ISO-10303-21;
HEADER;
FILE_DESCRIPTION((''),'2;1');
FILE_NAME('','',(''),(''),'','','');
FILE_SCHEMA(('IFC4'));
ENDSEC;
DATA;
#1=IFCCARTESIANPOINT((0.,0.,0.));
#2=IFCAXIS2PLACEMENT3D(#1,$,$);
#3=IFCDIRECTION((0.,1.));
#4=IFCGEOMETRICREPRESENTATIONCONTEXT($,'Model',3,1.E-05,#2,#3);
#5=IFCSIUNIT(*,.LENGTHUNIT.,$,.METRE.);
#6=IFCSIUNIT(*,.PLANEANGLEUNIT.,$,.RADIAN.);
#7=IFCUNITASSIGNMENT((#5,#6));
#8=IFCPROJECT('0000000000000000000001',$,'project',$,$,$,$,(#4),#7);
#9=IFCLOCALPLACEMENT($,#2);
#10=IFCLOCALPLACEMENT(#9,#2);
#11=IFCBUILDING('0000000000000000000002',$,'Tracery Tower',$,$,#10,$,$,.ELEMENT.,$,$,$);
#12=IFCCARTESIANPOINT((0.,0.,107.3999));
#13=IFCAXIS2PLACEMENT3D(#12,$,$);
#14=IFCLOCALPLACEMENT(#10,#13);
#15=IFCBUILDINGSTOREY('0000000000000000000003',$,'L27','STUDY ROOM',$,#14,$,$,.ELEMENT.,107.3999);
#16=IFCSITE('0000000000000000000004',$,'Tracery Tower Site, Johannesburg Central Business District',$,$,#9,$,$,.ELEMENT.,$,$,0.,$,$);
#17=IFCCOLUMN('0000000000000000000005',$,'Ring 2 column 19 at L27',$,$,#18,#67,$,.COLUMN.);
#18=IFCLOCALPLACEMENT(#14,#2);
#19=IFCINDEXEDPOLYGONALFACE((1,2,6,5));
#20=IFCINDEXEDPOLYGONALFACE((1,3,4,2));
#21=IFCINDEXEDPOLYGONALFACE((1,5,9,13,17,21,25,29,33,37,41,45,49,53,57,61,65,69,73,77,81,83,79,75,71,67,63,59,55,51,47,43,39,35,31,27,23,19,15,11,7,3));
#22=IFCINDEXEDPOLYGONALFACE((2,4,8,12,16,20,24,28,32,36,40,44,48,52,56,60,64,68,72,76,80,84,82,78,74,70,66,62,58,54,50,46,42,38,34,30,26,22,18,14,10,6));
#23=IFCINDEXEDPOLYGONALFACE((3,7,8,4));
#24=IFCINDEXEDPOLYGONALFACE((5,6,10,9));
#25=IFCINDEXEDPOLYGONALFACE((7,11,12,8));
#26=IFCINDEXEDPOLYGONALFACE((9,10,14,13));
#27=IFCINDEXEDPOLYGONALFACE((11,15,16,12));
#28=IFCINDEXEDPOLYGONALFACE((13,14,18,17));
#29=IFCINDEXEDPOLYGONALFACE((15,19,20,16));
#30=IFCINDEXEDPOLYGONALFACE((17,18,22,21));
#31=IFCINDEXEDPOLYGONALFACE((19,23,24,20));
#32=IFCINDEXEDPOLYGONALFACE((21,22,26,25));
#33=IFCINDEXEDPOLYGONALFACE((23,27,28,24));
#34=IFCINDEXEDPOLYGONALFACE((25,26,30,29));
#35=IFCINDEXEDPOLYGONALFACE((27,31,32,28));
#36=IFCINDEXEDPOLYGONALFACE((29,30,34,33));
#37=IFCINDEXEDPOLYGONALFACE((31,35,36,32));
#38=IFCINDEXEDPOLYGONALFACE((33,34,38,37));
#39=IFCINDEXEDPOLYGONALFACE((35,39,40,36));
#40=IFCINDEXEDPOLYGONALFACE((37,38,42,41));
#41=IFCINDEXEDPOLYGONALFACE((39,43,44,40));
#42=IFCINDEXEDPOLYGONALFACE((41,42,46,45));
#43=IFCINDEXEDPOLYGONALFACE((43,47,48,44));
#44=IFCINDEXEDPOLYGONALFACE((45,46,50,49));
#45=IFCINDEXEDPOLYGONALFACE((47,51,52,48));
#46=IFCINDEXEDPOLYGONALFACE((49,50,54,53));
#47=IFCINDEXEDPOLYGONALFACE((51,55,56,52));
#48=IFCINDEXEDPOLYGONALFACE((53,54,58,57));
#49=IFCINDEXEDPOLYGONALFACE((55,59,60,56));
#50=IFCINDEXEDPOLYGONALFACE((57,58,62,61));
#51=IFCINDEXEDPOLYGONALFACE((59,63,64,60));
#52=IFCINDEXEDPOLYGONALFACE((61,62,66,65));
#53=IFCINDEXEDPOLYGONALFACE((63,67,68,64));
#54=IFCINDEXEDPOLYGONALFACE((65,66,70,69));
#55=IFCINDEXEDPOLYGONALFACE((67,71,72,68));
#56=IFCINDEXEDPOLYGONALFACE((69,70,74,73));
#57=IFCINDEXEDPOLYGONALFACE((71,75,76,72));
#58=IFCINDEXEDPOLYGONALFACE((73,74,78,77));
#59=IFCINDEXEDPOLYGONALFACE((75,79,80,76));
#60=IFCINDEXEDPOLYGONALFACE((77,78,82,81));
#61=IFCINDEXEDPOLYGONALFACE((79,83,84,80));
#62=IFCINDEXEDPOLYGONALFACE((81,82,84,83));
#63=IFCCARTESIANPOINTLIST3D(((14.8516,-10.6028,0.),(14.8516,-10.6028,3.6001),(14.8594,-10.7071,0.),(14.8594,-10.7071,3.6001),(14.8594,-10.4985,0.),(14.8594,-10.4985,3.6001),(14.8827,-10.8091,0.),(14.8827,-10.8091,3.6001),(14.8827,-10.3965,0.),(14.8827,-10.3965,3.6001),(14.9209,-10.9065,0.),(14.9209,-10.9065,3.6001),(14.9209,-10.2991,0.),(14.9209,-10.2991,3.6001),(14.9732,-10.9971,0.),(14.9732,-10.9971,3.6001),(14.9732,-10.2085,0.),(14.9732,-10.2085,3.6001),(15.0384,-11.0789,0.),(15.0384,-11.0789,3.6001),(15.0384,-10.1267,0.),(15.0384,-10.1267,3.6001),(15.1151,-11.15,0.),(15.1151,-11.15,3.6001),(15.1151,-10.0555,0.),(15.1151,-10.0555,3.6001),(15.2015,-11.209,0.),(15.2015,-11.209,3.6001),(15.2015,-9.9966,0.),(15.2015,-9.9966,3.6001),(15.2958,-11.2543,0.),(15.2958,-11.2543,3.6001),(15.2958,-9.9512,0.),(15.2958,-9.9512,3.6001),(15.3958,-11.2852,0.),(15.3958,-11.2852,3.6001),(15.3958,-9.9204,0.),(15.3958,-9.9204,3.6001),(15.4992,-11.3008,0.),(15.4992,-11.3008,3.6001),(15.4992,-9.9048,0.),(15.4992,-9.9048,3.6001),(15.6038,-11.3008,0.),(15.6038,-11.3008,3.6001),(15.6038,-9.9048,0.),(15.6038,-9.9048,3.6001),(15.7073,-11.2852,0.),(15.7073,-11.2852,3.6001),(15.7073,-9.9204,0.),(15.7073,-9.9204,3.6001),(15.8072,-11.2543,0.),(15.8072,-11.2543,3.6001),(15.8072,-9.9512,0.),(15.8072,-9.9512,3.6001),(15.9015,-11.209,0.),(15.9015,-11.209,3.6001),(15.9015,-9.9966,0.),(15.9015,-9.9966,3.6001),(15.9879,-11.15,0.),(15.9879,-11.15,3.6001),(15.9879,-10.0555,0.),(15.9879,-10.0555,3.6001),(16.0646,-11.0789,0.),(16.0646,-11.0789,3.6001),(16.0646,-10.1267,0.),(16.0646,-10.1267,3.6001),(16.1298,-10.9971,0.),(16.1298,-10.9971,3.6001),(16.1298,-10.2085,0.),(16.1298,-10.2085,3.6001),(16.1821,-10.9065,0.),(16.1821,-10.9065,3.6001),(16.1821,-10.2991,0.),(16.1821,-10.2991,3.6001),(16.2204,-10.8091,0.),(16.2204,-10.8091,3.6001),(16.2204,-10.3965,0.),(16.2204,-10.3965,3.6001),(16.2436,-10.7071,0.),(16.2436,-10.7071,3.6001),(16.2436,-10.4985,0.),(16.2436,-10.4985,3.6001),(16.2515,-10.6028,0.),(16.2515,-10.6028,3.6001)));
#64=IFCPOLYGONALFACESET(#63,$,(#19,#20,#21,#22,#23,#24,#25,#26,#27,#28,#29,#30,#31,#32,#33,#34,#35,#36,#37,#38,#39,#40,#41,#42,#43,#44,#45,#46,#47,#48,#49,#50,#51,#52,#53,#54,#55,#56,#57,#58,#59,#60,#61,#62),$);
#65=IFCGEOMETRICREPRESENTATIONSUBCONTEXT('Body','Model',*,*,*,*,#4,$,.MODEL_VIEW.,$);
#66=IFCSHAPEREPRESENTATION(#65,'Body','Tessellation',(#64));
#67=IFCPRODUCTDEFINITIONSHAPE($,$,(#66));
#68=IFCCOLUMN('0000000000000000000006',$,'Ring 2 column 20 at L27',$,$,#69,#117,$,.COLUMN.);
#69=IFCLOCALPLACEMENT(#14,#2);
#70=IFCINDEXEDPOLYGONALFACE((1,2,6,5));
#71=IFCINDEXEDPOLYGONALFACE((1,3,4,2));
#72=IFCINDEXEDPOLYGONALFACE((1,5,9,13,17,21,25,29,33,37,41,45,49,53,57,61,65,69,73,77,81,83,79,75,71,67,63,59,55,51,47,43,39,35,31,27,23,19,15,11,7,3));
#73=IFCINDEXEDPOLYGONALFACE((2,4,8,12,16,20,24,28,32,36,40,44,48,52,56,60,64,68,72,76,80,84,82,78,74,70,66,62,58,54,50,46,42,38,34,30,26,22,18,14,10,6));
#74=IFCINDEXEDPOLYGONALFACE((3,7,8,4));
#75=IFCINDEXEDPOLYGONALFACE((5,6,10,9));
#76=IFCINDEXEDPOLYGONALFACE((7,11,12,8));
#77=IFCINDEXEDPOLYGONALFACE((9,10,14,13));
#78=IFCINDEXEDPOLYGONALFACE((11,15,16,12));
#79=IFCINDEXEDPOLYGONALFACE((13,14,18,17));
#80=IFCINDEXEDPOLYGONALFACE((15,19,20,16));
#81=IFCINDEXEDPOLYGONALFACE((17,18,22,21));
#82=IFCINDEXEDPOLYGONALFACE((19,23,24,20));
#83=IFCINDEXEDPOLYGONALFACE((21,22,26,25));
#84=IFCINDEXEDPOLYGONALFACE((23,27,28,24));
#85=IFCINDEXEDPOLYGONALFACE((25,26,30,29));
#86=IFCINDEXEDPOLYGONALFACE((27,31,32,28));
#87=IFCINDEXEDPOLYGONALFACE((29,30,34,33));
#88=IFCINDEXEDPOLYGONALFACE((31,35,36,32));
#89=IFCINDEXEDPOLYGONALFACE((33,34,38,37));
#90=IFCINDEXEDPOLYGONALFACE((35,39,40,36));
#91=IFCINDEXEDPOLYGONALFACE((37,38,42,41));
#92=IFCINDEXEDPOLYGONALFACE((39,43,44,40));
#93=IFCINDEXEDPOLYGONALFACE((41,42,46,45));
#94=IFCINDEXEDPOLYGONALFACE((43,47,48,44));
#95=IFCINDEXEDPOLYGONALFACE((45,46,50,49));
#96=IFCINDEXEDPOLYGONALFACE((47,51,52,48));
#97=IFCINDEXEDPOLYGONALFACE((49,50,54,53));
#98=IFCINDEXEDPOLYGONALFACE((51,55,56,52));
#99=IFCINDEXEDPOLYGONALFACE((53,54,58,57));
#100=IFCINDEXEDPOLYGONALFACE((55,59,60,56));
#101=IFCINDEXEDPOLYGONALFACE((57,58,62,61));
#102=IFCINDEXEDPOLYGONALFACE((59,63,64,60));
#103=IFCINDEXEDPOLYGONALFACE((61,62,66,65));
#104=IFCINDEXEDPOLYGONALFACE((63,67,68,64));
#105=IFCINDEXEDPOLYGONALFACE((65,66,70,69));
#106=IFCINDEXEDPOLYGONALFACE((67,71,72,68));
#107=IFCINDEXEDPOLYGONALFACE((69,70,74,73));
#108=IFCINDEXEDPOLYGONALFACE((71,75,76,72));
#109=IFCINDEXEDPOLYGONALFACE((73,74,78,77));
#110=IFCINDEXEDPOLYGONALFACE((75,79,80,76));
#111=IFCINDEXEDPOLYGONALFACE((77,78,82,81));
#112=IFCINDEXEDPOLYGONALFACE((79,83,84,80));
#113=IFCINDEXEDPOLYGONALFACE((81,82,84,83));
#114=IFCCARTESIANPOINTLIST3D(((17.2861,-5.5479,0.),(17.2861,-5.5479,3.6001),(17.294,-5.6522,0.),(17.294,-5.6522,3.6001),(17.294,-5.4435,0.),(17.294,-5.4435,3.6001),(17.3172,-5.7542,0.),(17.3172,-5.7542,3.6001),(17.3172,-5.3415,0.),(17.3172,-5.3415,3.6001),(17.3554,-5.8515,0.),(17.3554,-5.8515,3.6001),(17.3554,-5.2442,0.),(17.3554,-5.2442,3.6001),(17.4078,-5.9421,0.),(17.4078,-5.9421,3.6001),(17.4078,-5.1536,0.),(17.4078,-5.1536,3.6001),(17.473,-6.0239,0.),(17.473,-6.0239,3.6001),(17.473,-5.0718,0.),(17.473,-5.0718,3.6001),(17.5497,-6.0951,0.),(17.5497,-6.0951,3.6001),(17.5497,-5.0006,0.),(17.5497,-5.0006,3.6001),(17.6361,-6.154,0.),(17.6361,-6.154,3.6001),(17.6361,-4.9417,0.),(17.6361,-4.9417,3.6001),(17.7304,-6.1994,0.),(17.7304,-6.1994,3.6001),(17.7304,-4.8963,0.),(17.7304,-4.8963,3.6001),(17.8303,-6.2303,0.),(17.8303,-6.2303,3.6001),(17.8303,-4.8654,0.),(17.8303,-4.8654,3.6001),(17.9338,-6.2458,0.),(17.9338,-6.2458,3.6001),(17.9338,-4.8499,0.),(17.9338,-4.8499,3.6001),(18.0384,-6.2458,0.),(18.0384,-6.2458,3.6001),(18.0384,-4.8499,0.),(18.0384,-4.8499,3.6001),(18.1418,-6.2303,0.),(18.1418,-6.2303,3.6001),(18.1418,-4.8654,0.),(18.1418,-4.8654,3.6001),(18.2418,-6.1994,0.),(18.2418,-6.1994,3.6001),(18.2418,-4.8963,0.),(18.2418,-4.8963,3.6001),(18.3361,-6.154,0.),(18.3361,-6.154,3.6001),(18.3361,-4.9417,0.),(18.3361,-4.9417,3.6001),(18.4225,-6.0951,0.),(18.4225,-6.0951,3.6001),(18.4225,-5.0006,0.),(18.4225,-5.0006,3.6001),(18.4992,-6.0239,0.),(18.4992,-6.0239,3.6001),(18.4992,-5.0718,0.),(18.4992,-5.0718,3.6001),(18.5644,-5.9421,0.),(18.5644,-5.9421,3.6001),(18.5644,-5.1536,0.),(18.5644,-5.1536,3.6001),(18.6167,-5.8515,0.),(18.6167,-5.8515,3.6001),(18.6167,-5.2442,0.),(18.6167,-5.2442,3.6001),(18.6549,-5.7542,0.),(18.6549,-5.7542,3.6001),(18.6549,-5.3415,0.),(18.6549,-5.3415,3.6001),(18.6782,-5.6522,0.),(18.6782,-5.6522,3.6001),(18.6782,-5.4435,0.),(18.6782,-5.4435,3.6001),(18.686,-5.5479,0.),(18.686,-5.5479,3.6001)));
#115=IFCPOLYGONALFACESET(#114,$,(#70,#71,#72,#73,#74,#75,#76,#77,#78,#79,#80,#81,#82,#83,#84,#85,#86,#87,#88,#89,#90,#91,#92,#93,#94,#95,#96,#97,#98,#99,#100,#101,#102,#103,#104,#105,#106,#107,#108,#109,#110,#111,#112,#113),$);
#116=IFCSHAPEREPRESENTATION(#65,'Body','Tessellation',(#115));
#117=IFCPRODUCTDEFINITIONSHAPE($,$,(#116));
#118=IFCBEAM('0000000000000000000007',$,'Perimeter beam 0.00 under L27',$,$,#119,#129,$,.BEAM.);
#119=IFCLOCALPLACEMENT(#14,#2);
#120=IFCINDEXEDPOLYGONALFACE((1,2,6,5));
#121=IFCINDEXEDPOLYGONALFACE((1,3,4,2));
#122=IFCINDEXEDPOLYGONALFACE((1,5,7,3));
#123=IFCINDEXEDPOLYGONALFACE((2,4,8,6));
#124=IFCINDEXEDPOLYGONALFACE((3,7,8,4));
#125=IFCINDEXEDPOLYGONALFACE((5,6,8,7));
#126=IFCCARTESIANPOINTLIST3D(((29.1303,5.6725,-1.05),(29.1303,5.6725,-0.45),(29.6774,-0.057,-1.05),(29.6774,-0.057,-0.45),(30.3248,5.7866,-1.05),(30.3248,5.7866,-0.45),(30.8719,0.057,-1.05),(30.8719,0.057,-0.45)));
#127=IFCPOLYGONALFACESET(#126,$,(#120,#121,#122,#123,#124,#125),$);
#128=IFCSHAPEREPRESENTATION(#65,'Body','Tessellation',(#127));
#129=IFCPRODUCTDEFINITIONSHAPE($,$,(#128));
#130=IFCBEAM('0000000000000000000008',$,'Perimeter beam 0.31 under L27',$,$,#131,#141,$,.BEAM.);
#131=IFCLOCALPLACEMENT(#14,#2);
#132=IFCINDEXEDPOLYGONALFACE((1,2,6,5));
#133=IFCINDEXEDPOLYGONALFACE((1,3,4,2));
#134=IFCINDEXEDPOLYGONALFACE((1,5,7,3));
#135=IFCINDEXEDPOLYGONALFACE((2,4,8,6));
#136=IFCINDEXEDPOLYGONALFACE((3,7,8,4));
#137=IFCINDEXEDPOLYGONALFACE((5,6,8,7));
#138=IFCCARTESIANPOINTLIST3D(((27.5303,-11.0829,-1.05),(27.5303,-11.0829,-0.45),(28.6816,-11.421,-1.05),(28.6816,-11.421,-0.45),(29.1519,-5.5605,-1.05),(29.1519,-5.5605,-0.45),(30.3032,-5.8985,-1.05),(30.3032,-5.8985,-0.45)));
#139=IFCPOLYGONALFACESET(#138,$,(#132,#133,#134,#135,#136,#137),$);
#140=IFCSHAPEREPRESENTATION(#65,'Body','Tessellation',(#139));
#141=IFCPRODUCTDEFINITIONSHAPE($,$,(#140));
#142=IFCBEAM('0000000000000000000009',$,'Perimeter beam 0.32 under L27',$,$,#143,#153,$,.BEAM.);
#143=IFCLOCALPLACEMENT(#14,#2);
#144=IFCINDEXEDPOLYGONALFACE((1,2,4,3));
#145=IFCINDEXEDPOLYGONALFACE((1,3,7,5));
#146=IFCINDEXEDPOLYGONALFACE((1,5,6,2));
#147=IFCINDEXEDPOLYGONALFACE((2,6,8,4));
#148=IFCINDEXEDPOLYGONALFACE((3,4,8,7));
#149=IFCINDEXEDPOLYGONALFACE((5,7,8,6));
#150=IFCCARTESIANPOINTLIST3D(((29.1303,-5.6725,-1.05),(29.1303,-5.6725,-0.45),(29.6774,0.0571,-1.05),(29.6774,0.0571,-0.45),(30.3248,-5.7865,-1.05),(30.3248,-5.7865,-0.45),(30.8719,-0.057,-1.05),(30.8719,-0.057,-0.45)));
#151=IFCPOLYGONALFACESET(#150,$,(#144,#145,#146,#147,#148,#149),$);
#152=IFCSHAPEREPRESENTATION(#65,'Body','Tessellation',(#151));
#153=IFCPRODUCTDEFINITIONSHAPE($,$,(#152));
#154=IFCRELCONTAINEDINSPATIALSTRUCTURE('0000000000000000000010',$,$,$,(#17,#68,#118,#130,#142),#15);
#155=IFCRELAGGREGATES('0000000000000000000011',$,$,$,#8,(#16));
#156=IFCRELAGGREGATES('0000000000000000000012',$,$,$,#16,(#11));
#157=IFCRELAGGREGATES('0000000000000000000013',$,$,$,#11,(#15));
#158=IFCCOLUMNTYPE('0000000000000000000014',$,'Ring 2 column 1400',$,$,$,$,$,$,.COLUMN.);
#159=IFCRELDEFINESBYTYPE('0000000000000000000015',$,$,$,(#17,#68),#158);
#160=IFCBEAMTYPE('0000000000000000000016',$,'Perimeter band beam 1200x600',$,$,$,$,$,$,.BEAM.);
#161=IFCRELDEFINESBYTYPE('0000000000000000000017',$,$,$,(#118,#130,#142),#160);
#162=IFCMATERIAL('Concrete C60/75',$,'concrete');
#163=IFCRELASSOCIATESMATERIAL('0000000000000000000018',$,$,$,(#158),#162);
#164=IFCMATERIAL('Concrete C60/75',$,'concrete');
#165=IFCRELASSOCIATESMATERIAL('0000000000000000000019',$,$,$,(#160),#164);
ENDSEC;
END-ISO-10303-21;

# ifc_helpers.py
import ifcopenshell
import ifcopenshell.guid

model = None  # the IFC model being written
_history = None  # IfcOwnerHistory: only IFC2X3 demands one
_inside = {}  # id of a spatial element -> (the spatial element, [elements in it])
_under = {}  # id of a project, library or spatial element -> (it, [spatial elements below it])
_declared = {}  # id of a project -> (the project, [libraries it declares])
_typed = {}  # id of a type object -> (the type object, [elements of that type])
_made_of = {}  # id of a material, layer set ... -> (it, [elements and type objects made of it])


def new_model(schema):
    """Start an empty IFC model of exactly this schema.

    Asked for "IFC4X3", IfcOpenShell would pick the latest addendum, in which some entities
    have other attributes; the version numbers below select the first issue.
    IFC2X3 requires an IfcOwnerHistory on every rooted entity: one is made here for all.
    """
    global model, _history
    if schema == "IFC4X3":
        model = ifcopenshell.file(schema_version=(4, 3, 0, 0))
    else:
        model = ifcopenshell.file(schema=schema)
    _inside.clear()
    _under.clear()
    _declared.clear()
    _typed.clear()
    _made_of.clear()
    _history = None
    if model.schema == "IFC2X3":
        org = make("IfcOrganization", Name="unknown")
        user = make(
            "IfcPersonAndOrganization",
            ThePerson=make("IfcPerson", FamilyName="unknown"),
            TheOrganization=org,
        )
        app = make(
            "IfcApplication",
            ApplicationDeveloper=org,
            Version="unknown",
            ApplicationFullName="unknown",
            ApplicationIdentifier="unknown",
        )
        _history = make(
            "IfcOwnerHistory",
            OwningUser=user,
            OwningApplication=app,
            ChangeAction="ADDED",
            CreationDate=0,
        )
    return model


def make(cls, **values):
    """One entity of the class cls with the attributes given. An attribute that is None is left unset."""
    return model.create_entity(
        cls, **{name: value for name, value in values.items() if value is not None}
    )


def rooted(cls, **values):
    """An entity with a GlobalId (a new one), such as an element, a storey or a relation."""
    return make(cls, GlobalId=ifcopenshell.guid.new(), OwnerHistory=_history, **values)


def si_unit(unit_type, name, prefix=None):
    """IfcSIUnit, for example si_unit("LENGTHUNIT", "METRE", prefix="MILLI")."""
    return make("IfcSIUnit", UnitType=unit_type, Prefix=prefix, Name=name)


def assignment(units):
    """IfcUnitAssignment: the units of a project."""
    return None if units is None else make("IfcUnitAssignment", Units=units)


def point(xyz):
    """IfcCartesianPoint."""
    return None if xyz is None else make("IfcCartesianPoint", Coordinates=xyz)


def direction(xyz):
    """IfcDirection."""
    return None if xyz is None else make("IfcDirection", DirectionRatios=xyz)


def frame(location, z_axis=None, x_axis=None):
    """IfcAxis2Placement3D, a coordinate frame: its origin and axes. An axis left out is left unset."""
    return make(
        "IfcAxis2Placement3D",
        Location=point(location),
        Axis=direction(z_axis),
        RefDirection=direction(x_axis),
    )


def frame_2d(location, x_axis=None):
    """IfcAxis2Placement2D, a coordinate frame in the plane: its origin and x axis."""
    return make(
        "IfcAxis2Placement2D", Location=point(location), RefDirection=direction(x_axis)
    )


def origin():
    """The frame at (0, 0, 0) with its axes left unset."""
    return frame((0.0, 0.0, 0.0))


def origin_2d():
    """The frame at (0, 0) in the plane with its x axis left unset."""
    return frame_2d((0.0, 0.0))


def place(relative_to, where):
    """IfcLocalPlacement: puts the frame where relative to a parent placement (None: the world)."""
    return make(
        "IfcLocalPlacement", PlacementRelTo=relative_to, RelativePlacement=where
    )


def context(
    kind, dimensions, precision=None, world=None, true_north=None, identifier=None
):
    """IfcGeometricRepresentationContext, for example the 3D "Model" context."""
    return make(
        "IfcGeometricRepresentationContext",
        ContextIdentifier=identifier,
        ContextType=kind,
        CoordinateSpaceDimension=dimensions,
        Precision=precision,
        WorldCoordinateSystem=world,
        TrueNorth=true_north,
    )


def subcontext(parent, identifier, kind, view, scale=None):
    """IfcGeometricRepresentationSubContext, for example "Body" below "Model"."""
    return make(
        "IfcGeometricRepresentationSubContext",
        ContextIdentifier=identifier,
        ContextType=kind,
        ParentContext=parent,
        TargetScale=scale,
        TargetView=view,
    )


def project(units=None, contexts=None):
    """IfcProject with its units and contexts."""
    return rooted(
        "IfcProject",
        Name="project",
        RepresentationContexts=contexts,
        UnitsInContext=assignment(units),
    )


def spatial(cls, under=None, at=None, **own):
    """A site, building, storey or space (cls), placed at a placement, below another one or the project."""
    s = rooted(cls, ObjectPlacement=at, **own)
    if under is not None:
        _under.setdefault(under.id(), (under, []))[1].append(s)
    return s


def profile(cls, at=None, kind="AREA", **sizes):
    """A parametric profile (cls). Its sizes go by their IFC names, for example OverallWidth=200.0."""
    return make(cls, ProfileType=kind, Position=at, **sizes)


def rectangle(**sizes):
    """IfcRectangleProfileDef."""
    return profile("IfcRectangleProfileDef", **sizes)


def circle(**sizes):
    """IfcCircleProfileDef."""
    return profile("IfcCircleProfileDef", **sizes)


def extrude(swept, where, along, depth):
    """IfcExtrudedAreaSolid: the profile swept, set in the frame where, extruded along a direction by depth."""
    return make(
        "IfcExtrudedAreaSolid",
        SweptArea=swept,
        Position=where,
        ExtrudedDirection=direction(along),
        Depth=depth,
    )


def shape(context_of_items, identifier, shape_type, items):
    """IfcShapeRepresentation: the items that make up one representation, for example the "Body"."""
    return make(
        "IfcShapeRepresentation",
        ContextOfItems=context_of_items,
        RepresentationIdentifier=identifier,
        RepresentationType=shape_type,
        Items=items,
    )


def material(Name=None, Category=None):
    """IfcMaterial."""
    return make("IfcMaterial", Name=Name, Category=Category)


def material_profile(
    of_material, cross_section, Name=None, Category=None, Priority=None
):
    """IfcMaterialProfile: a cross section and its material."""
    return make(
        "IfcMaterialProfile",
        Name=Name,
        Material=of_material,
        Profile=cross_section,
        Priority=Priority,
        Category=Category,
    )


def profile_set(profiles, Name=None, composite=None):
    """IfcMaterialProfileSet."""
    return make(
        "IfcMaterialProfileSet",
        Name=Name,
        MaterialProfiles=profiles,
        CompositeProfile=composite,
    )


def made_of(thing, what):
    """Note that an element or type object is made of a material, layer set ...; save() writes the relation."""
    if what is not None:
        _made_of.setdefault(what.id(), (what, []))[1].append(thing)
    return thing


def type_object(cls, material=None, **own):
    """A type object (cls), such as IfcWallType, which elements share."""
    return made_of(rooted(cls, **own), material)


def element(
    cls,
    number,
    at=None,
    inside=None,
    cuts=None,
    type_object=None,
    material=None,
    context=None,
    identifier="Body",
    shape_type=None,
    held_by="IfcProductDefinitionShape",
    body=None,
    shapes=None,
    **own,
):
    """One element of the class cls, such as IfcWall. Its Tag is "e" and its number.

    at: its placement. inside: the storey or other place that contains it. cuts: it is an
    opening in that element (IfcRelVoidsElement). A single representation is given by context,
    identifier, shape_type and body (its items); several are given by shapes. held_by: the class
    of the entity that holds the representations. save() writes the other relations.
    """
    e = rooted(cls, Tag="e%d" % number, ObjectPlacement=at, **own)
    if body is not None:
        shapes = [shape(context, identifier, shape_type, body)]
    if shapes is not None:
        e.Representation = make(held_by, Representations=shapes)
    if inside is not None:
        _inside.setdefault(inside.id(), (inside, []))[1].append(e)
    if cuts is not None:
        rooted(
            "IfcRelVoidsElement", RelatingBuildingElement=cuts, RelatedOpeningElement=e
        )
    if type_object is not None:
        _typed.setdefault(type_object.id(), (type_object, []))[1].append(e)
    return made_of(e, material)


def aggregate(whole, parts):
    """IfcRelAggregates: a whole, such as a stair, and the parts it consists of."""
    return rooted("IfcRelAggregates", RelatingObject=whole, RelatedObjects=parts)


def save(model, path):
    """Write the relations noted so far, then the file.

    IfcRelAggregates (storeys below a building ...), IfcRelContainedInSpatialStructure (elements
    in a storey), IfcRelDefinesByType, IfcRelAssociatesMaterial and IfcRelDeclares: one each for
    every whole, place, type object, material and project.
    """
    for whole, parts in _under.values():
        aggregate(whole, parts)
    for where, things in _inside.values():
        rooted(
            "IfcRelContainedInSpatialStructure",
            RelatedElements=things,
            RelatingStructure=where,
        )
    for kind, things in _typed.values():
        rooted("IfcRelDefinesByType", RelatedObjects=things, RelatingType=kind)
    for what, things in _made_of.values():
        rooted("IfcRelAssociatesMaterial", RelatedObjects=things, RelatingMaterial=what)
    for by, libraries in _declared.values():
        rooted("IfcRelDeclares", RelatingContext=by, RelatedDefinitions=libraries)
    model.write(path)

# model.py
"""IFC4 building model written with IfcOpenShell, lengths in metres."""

from ifc_helpers import new_model, si_unit, direction, frame, origin, origin_2d, place, context, subcontext, project, spatial, rectangle, circle, extrude, material, material_profile, profile_set, type_object, element, save


model = new_model("IFC4")

# Units and contexts
model_context = context("Model", 3, precision=1e-05, world=origin(), true_north=direction((0.0, 1.0)))
body_context = subcontext(model_context, "Body", "Model", "MODEL_VIEW")
ifc_project = project(units=[si_unit("LENGTHUNIT", "METRE"), si_unit("PLANEANGLEUNIT", "RADIAN")], contexts=[model_context])

# Site, building, storey
site_placement = place(None, origin())
site = spatial("IfcSite", under=ifc_project, at=site_placement, Name="Tracery Tower Site, Johannesburg Central Business District", CompositionType="ELEMENT", RefElevation=0.0)
building_placement = place(site_placement, origin())
building = spatial("IfcBuilding", under=site, at=building_placement, Name="Tracery Tower", CompositionType="ELEMENT")
storey_placement = place(building_placement, frame((0.0, 0.0, 107.3999)))
storey = spatial("IfcBuildingStorey", under=building, at=storey_placement, Name="L27", Description="STUDY ROOM", CompositionType="ELEMENT", Elevation=107.3999)

# Columns
ifc_material_1 = material(Name="Concrete C60/75", Category="concrete")
ifc_material_profile_1 = material_profile(ifc_material_1, circle(Radius=0.7, at=origin_2d()), Name="RC D1400")
ifc_profile_set_1 = profile_set([ifc_material_profile_1], Name="Concrete C60/75")
column_type_1 = type_object("IfcColumnType", Name="Ring 2 column 1400", PredefinedType="COLUMN", material=ifc_profile_set_1)
for number, where, z_axis, x_axis, name in (
    (1, (15.5515, -10.6028, 0.0), (0.0, 0.0, 1.0), (1.0, 0.0, 0.0), "Ring 2 column 19 at L27"),
    (2, (17.9861, -5.5479, 0.0), (0.0, 0.0, 1.0), (1.0, 0.0, 0.0), "Ring 2 column 20 at L27"),
):
    element("IfcColumn", number, at=place(storey_placement, frame(where, z_axis=z_axis, x_axis=x_axis)), inside=storey, type_object=column_type_1, Name=name, PredefinedType="COLUMN", context=body_context, shape_type="SweptSolid", body=[
        extrude(circle(Radius=0.7, at=origin_2d()), origin(), (0.0, 0.0, 1.0), 3.6001),
    ])

# Beams
ifc_material_2 = material(Name="Concrete C60/75", Category="concrete")
ifc_material_profile_2 = material_profile(ifc_material_2, rectangle(XDim=1.2, YDim=0.6001, at=origin_2d()), Name="RC 1200x600")
ifc_profile_set_2 = profile_set([ifc_material_profile_2], Name="Concrete C60/75")
beam_type = type_object("IfcBeamType", Name="Perimeter band beam 1200x600", PredefinedType="BEAM", material=ifc_profile_set_2)
for number, where, z_axis, x_axis, name in (
    (3, (30.2747, 0.0, -0.75), (-0.095059, 0.995472, 0.0), (-0.995472, -0.095059, 0.0), "Perimeter beam 0.00 under L27"),
    (4, (28.106, -11.252, -0.75), (0.281739, 0.959491, 0.0), (-0.959491, 0.281739, 0.0), "Perimeter beam 0.31 under L27"),
    (5, (29.7275, -5.7295, -0.75), (0.095059, 0.995472, 0.0), (-0.995472, 0.095059, 0.0), "Perimeter beam 0.32 under L27"),
):
    element("IfcBeam", number, at=place(storey_placement, frame(where, z_axis=z_axis, x_axis=x_axis)), inside=storey, type_object=beam_type, Name=name, PredefinedType="BEAM", context=body_context, shape_type="SweptSolid", body=[
        extrude(rectangle(XDim=1.2, YDim=0.6001, at=origin_2d()), origin(), (0.0, 0.0, 1.0), 5.7556),
    ])

save(model, "model.ifc")
